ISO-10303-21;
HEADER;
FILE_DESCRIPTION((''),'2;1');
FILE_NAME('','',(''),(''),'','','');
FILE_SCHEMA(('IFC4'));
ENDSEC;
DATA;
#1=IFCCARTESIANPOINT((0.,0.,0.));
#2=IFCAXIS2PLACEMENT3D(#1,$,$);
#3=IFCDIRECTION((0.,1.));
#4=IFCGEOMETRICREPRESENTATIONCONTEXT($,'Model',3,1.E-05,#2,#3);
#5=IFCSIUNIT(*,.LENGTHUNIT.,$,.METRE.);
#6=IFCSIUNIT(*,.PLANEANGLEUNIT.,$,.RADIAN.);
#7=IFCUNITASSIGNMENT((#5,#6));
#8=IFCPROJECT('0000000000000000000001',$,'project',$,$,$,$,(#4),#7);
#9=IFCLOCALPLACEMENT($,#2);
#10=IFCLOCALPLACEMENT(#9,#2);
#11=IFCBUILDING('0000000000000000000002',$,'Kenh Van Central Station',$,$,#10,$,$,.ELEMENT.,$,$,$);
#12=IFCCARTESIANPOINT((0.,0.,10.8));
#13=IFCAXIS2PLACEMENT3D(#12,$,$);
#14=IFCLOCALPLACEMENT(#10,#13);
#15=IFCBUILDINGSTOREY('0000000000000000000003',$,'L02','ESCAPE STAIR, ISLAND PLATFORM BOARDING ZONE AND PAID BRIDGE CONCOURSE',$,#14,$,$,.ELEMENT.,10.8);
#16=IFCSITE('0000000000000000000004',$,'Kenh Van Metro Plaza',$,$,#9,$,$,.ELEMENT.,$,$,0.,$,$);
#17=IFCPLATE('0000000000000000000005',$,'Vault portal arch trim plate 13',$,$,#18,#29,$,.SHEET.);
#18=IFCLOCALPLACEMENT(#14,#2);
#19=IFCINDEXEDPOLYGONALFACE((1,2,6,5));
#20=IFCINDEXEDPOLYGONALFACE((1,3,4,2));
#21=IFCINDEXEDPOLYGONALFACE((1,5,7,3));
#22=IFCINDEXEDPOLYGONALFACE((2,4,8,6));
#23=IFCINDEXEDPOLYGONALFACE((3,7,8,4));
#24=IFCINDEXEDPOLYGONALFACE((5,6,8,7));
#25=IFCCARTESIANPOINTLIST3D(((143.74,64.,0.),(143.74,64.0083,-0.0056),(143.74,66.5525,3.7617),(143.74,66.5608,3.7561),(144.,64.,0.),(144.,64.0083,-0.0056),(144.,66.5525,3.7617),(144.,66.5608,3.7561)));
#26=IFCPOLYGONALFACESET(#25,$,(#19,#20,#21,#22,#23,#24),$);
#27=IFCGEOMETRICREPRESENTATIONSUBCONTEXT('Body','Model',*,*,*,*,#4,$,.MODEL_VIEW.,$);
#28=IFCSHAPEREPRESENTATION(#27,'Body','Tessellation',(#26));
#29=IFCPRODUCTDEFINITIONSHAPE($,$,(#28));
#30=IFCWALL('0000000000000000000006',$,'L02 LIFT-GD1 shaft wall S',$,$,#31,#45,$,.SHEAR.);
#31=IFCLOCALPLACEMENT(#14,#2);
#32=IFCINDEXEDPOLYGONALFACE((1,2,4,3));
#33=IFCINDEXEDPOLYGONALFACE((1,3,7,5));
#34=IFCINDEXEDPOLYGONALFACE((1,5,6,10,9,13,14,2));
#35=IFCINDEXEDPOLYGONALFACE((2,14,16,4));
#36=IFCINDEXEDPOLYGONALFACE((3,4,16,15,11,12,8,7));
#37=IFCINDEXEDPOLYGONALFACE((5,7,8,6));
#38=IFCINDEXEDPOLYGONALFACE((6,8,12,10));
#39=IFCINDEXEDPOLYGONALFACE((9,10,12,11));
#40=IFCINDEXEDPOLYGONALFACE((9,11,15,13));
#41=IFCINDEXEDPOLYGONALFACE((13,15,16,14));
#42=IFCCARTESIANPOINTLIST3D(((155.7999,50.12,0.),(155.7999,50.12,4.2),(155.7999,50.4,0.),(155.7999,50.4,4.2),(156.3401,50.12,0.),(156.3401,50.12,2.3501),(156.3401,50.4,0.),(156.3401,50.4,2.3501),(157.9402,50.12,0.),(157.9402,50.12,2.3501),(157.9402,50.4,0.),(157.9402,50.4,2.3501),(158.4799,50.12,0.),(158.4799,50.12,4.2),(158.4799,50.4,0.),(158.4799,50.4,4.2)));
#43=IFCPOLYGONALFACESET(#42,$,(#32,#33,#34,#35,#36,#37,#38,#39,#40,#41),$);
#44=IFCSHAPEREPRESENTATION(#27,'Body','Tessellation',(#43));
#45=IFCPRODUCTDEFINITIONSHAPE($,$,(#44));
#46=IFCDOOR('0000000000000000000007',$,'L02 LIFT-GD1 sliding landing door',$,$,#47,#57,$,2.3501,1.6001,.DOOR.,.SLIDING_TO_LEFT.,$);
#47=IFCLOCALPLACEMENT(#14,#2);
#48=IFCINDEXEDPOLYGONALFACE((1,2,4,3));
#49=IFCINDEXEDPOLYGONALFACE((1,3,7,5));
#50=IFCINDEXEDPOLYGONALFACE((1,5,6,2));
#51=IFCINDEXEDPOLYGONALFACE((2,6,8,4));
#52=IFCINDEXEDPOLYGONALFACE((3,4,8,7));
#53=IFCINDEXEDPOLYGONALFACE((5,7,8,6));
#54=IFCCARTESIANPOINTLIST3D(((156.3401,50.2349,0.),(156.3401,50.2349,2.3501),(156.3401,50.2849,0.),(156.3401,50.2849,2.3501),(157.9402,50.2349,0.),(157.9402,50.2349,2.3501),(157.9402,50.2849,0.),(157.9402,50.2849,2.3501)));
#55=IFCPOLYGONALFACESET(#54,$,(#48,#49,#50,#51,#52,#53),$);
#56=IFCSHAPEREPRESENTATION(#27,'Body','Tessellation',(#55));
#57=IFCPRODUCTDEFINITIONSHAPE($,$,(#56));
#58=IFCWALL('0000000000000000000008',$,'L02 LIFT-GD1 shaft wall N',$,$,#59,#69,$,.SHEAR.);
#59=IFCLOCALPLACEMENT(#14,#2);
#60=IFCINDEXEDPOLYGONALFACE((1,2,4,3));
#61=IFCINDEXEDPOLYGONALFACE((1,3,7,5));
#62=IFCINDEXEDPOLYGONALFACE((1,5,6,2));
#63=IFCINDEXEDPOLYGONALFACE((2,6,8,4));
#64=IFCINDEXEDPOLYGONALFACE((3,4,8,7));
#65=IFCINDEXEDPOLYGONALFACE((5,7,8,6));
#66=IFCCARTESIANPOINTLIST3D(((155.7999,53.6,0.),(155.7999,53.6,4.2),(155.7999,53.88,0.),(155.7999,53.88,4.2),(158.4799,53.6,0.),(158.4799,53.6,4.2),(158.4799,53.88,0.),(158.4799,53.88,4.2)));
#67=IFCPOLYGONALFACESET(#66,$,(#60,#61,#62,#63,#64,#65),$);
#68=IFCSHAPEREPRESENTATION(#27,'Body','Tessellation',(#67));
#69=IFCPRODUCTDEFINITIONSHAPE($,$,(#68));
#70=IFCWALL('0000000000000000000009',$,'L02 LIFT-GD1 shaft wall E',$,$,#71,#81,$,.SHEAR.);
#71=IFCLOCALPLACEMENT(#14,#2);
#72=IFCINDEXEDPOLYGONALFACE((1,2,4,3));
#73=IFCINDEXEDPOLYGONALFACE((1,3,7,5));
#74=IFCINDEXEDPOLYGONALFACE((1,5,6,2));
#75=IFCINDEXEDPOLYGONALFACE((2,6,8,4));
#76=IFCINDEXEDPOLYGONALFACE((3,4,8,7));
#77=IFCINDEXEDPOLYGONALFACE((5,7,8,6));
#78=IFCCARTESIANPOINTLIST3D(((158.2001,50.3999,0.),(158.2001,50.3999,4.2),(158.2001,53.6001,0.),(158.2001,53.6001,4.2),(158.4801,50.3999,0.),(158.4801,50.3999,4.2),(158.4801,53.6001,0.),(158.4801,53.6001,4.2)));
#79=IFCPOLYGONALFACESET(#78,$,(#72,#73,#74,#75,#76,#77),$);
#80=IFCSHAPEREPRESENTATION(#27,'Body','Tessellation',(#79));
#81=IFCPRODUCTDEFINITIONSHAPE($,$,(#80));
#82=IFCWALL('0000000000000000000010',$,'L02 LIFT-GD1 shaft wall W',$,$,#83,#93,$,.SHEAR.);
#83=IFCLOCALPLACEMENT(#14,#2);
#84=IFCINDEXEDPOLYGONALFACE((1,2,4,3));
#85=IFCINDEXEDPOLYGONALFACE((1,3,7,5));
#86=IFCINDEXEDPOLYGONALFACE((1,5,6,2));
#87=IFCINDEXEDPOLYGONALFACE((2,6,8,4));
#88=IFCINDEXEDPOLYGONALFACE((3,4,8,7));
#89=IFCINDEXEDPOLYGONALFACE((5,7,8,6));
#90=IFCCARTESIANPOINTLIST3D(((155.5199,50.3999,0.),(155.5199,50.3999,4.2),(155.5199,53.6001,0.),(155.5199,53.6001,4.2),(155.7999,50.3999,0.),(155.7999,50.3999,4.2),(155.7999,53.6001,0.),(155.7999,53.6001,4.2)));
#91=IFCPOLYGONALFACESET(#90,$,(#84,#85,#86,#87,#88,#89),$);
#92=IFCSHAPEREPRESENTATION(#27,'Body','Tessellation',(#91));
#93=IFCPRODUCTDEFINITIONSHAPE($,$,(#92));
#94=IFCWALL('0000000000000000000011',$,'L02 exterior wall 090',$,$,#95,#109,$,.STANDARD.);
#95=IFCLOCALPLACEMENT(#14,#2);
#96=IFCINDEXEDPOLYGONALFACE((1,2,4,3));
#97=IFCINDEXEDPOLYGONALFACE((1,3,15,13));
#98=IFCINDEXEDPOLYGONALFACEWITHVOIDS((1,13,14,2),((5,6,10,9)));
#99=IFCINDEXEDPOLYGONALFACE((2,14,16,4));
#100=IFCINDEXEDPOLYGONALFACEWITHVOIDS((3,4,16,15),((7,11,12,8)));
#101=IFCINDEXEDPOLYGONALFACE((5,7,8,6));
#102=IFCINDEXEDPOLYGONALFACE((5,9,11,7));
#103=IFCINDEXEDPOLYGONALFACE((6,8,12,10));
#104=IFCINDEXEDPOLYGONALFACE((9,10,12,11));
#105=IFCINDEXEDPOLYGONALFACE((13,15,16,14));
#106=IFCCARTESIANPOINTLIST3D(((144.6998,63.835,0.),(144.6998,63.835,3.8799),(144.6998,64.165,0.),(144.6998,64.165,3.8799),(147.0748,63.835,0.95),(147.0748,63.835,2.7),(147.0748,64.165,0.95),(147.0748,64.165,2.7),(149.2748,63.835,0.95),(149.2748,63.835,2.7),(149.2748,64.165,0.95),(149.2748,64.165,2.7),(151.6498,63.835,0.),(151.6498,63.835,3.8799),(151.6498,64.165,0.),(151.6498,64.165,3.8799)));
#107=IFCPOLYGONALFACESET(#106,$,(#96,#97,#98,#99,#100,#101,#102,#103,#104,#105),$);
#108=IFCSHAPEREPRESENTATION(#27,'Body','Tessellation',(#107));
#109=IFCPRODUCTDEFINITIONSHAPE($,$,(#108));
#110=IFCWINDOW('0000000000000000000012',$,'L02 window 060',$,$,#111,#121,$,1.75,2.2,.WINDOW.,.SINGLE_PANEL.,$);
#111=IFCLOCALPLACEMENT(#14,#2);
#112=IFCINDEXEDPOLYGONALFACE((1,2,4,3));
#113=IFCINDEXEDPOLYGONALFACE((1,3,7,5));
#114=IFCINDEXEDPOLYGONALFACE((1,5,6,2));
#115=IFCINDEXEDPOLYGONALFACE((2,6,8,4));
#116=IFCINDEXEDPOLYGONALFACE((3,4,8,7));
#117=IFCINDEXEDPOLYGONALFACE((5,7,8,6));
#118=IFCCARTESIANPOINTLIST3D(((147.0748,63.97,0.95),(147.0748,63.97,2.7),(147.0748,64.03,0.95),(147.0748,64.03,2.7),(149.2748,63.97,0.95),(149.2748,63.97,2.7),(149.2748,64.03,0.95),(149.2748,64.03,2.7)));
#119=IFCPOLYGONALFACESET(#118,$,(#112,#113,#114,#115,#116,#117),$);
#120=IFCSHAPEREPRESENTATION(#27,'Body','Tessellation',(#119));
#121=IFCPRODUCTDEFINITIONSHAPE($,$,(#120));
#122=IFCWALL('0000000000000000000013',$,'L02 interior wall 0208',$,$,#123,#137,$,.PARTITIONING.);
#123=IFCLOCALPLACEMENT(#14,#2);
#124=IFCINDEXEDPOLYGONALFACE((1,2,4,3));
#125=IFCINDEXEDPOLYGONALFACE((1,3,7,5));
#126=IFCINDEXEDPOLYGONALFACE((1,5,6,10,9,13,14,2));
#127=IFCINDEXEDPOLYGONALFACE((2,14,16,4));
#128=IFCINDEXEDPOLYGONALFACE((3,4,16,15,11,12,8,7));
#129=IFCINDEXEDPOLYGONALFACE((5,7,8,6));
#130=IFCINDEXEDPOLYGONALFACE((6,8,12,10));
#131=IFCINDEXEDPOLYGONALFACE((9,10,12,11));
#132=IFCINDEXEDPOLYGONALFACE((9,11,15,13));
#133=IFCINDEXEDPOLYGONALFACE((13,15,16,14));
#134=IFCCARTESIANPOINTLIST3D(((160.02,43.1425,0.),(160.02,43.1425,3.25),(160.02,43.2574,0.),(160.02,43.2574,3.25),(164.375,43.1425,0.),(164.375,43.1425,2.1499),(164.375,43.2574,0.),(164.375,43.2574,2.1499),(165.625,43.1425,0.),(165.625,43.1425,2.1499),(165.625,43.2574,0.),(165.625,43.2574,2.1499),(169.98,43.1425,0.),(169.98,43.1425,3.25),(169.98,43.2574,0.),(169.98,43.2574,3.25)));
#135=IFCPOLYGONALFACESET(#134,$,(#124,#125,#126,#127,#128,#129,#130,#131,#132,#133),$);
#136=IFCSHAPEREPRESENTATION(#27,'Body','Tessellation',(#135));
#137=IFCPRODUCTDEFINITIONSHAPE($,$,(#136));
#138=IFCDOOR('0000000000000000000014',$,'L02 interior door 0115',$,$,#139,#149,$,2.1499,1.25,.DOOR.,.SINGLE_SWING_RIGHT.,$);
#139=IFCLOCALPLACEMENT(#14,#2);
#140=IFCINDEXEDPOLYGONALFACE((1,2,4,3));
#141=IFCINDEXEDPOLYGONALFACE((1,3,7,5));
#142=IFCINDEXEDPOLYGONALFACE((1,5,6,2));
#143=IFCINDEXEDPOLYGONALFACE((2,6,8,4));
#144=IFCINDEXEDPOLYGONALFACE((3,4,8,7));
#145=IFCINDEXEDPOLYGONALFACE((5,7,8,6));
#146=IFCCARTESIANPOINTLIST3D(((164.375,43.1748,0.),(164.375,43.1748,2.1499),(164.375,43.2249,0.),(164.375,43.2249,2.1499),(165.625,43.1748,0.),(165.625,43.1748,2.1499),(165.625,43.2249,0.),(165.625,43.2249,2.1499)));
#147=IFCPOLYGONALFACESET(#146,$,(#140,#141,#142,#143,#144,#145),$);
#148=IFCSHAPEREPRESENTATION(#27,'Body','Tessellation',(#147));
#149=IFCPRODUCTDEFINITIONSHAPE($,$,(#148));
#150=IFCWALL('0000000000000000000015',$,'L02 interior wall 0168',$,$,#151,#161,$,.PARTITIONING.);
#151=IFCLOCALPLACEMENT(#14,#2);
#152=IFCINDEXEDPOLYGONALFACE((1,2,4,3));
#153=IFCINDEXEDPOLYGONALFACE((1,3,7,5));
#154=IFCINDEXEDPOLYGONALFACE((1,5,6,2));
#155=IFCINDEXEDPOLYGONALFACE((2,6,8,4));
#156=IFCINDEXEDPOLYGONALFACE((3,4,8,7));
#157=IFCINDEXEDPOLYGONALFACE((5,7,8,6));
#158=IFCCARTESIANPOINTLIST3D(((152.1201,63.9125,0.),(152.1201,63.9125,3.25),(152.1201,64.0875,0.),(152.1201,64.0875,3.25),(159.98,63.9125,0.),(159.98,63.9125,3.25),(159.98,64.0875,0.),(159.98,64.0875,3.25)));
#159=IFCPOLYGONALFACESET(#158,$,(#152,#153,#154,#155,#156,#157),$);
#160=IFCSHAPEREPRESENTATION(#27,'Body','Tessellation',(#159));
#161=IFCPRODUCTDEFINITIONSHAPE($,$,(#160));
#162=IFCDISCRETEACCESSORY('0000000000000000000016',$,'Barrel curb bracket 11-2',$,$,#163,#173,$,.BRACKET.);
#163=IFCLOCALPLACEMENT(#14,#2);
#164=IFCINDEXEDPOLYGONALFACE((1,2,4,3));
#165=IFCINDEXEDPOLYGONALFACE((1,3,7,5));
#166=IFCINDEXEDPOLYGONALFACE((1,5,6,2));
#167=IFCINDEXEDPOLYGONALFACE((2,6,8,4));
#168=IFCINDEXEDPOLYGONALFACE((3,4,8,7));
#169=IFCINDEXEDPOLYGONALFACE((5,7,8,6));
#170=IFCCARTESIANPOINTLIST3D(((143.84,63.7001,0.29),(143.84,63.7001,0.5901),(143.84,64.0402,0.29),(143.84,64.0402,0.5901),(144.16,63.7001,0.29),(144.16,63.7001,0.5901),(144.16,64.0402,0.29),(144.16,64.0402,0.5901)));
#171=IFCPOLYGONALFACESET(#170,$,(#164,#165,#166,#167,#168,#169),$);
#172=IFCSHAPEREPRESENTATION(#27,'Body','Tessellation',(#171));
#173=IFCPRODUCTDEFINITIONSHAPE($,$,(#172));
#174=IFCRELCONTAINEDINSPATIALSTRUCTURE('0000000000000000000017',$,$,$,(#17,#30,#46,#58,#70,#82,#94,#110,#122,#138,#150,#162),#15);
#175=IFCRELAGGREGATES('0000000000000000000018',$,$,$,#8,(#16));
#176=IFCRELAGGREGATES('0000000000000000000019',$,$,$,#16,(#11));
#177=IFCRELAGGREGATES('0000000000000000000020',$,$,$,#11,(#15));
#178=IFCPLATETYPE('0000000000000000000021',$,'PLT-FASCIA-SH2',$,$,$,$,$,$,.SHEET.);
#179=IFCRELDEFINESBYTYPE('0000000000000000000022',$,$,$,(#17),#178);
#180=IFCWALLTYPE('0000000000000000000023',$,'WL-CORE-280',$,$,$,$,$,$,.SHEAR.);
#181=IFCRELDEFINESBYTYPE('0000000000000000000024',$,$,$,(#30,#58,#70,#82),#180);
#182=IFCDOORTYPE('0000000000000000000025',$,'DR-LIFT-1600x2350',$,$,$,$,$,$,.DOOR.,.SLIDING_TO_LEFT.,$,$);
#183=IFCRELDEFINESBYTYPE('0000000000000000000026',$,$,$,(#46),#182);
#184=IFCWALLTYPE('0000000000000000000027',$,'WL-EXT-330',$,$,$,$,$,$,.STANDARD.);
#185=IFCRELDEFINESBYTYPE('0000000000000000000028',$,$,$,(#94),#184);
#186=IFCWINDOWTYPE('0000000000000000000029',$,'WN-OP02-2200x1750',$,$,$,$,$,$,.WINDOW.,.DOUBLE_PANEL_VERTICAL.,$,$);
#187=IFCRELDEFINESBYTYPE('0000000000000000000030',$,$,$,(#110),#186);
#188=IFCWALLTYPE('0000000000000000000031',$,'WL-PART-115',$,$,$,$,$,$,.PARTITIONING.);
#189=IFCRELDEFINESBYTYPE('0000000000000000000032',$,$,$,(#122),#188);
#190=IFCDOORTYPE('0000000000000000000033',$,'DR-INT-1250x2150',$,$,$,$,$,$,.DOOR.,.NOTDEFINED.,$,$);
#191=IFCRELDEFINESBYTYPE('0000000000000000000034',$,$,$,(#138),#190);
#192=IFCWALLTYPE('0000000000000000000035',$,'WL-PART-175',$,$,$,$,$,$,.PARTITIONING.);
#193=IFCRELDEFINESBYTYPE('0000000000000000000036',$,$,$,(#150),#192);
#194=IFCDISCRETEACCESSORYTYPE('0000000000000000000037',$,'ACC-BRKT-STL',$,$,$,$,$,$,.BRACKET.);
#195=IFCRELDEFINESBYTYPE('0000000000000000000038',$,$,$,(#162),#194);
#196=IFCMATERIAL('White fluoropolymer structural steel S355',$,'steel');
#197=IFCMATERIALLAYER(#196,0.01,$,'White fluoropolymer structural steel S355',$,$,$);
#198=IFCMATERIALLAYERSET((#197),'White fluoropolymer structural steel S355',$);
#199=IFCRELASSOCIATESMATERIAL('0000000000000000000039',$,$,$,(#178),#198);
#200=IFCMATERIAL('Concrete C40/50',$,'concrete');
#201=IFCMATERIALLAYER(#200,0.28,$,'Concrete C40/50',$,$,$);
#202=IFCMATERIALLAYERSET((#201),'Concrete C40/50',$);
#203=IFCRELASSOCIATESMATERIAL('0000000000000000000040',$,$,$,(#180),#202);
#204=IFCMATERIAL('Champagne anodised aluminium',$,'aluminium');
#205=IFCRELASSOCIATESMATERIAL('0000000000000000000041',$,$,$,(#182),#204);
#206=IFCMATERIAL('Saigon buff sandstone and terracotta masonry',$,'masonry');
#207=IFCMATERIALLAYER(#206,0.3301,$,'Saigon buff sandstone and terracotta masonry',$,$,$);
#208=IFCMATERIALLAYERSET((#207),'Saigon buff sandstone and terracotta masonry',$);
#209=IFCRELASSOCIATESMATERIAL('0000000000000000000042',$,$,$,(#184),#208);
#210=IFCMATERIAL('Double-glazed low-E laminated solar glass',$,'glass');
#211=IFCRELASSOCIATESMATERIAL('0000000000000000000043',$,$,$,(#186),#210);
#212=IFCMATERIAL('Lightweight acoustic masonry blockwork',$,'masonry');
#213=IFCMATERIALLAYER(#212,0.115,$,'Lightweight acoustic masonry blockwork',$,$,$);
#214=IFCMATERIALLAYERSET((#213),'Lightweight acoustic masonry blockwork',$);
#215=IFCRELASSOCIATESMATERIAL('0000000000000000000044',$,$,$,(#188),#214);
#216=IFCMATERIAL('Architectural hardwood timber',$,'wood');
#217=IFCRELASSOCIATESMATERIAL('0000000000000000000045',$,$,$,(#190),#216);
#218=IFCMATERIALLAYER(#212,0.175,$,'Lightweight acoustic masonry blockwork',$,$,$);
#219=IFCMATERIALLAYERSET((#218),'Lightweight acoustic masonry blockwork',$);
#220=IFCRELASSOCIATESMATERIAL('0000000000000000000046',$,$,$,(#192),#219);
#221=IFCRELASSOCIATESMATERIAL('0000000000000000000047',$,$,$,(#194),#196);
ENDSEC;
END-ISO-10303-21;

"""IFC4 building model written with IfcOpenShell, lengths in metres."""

from ifc_helpers import new_model, si_unit, direction, frame, frame_2d, origin, origin_2d, place, context, subcontext, project, spatial, polyline, rectangle, outline, extrude, material, layer, layer_set, type_object, element, fill, save


model = new_model("IFC4")

# Units and contexts
model_context = context("Model", 3, precision=1e-05, world=origin(), true_north=direction((0.0, 1.0)))
body_context = subcontext(model_context, "Body", "Model", "MODEL_VIEW")
ifc_project = project(units=[si_unit("LENGTHUNIT", "METRE"), si_unit("PLANEANGLEUNIT", "RADIAN")], contexts=[model_context])

# Site, building, storey
site_placement = place(None, origin())
site = spatial("IfcSite", under=ifc_project, at=site_placement, Name="Kenh Van Metro Plaza", CompositionType="ELEMENT", RefElevation=0.0)
building_placement = place(site_placement, origin())
building = spatial("IfcBuilding", under=site, at=building_placement, Name="Kenh Van Central Station", CompositionType="ELEMENT")
storey_placement = place(building_placement, frame((0.0, 0.0, 10.8)))
storey = spatial("IfcBuildingStorey", under=building, at=storey_placement, Name="L02", Description="ESCAPE STAIR, ISLAND PLATFORM BOARDING ZONE AND PAID BRIDGE CONCOURSE", CompositionType="ELEMENT", Elevation=10.8)

# Shared definitions
ifc_material_1 = material(Name="Concrete C40/50", Category="concrete")

# Plate
ifc_material_2 = material(Name="White fluoropolymer structural steel S355", Category="steel")
ifc_layer_1 = layer(ifc_material_2, 0.01, Name="White fluoropolymer structural steel S355")
ifc_layer_set_1 = layer_set([ifc_layer_1], Name="White fluoropolymer structural steel S355")
plate_type = type_object("IfcPlateType", Name="PLT-FASCIA-SH2", PredefinedType="SHEET", material=ifc_layer_set_1)
plate_placement = place(storey_placement, frame((144.0, 64.0, 0.0), z_axis=(0.0, -0.827486, 0.561486), x_axis=(-1.0, 0.0, 0.0)))
element("IfcPlate", 1, at=plate_placement, inside=storey, type_object=plate_type, Name="Vault portal arch trim plate 13", PredefinedType="SHEET", context=body_context, shape_type="SweptSolid", body=[
    extrude(outline(polyline([(0.0, 0.0), (0.26, 0.0), (0.26, -4.546), (0.0, -4.546), (0.0, 0.0)])), origin(), (0.0, 0.0, -1.0), 0.01),
])

# Wall, opening, door
ifc_layer_2 = layer(ifc_material_1, 0.28, Name="Concrete C40/50")
ifc_layer_set_2 = layer_set([ifc_layer_2], Name="Concrete C40/50")
wall_type_1 = type_object("IfcWallType", Name="WL-CORE-280", PredefinedType="SHEAR", material=ifc_layer_set_2)
wall_1_placement = place(storey_placement, frame((155.8, 50.26, 0.0), z_axis=(0.0, 0.0, 1.0), x_axis=(1.0, 0.0, 0.0)))
wall_1 = element("IfcWall", 2, at=wall_1_placement, inside=storey, type_object=wall_type_1, Name="L02 LIFT-GD1 shaft wall S", PredefinedType="SHEAR", context=body_context, shape_type="SweptSolid", body=[
    extrude(rectangle(XDim=2.6799, YDim=0.28, at=frame_2d((1.3398, 0.0))), origin(), (0.0, 0.0, 1.0), 4.2),
])
opening_1_placement = place(wall_1_placement, frame((0.54, 0.0, 0.0)))
opening_1 = element("IfcOpeningElement", 3, at=opening_1_placement, cuts=wall_1, PredefinedType="OPENING", context=body_context, shape_type="SweptSolid", body=[
    extrude(rectangle(XDim=1.6001, YDim=2.3501, at=frame_2d((0.8, 1.175))), frame((0.0, 0.1499, 0.0), z_axis=(0.0, -1.0, 0.0), x_axis=(1.0, 0.0, 0.0)), (0.0, 0.0, 1.0), 0.3),
])
ifc_material_3 = material(Name="Champagne anodised aluminium", Category="aluminium")
door_type_1 = type_object("IfcDoorType", Name="DR-LIFT-1600x2350", OperationType="SLIDING_TO_LEFT", PredefinedType="DOOR", material=ifc_material_3)
door_1_placement = place(opening_1_placement, origin())
door_1 = element("IfcDoor", 4, at=door_1_placement, inside=storey, type_object=door_type_1, Name="L02 LIFT-GD1 sliding landing door", OperationType="SLIDING_TO_LEFT", OverallHeight=2.3501, OverallWidth=1.6001, PredefinedType="DOOR", context=body_context, shape_type="SweptSolid", body=[
    extrude(rectangle(XDim=1.6001, YDim=2.3501, at=frame_2d((0.8, 1.175))), frame((0.0, 0.0249, 0.0), z_axis=(0.0, -1.0, 0.0), x_axis=(1.0, 0.0, 0.0)), (0.0, 0.0, 1.0), 0.05),
])
fill(opening_1, door_1)

# Walls
wall_2_placement = place(storey_placement, frame((155.8, 53.74, 0.0), z_axis=(0.0, 0.0, 1.0), x_axis=(1.0, 0.0, 0.0)))
element("IfcWall", 5, at=wall_2_placement, inside=storey, type_object=wall_type_1, Name="L02 LIFT-GD1 shaft wall N", PredefinedType="SHEAR", context=body_context, shape_type="SweptSolid", body=[
    extrude(rectangle(XDim=2.6799, YDim=0.28, at=frame_2d((1.3398, 0.0))), origin(), (0.0, 0.0, 1.0), 4.2),
])
for number, where, z_axis, x_axis, name in (
    (6, (158.3401, 50.3999, 0.0), (0.0, 0.0, 1.0), (0.0, 1.0, 0.0), "L02 LIFT-GD1 shaft wall E"),
    (7, (155.6599, 50.3999, 0.0), (0.0, 0.0, 1.0), (0.0, 1.0, 0.0), "L02 LIFT-GD1 shaft wall W"),
):
    element("IfcWall", number, at=place(storey_placement, frame(where, z_axis=z_axis, x_axis=x_axis)), inside=storey, type_object=wall_type_1, Name=name, PredefinedType="SHEAR", context=body_context, shape_type="SweptSolid", body=[
        extrude(rectangle(XDim=3.2002, YDim=0.28, at=frame_2d((1.6001, 0.0))), origin(), (0.0, 0.0, 1.0), 4.2),
    ])

# Wall, opening, window
ifc_material_4 = material(Name="Saigon buff sandstone and terracotta masonry", Category="masonry")
ifc_layer_3 = layer(ifc_material_4, 0.3301, Name="Saigon buff sandstone and terracotta masonry")
ifc_layer_set_3 = layer_set([ifc_layer_3], Name="Saigon buff sandstone and terracotta masonry")
wall_type_2 = type_object("IfcWallType", Name="WL-EXT-330", PredefinedType="STANDARD", material=ifc_layer_set_3)
wall_3_placement = place(storey_placement, frame((151.6499, 64.0, 0.0), z_axis=(0.0, 0.0, 1.0), x_axis=(-1.0, 0.0, 0.0)))
wall_3 = element("IfcWall", 8, at=wall_3_placement, inside=storey, type_object=wall_type_2, Name="L02 exterior wall 090", PredefinedType="STANDARD", context=body_context, shape_type="SweptSolid", body=[
    extrude(rectangle(XDim=6.95, YDim=0.3301, at=frame_2d((3.4751, 0.0))), origin(), (0.0, 0.0, 1.0), 3.8799),
])
opening_2_placement = place(wall_3_placement, frame((2.375, 0.0, 0.95)))
opening_2 = element("IfcOpeningElement", 9, at=opening_2_placement, cuts=wall_3, PredefinedType="OPENING", context=body_context, shape_type="SweptSolid", body=[
    extrude(rectangle(XDim=2.2, YDim=1.75, at=frame_2d((1.1001, 0.875))), frame((0.0, 0.175, 0.0), z_axis=(0.0, -1.0, 0.0), x_axis=(1.0, 0.0, 0.0)), (0.0, 0.0, 1.0), 0.3501),
])
ifc_material_5 = material(Name="Double-glazed low-E laminated solar glass", Category="glass")
window_type = type_object("IfcWindowType", Name="WN-OP02-2200x1750", PartitioningType="DOUBLE_PANEL_VERTICAL", PredefinedType="WINDOW", material=ifc_material_5)
window_placement = place(opening_2_placement, origin())
window = element("IfcWindow", 10, at=window_placement, inside=storey, type_object=window_type, Name="L02 window 060", OverallHeight=1.75, OverallWidth=2.2, PartitioningType="SINGLE_PANEL", PredefinedType="WINDOW", context=body_context, shape_type="SweptSolid", body=[
    extrude(rectangle(XDim=2.2, YDim=1.75, at=frame_2d((1.1001, 0.875))), frame((0.0, 0.03, 0.0), z_axis=(0.0, -1.0, 0.0), x_axis=(1.0, 0.0, 0.0)), (0.0, 0.0, 1.0), 0.0601),
])
fill(opening_2, window)

# Wall, opening, door
ifc_material_6 = material(Name="Lightweight acoustic masonry blockwork", Category="masonry")
ifc_layer_4 = layer(ifc_material_6, 0.115, Name="Lightweight acoustic masonry blockwork")
ifc_layer_set_4 = layer_set([ifc_layer_4], Name="Lightweight acoustic masonry blockwork")
wall_type_3 = type_object("IfcWallType", Name="WL-PART-115", PredefinedType="PARTITIONING", material=ifc_layer_set_4)
wall_4_placement = place(storey_placement, frame((160.02, 43.2, 0.0), z_axis=(0.0, 0.0, 1.0), x_axis=(1.0, 0.0, 0.0)))
wall_4 = element("IfcWall", 11, at=wall_4_placement, inside=storey, type_object=wall_type_3, Name="L02 interior wall 0208", PredefinedType="PARTITIONING", context=body_context, shape_type="SweptSolid", body=[
    extrude(rectangle(XDim=9.96, YDim=0.115, at=frame_2d((4.98, 0.0))), origin(), (0.0, 0.0, 1.0), 3.25),
])
opening_3_placement = place(wall_4_placement, frame((4.355, 0.0, 0.0)))
opening_3 = element("IfcOpeningElement", 12, at=opening_3_placement, cuts=wall_4, PredefinedType="OPENING", context=body_context, shape_type="SweptSolid", body=[
    extrude(rectangle(XDim=1.25, YDim=2.1499, at=frame_2d((0.625, 1.075))), frame((0.0, 0.0674, 0.0), z_axis=(0.0, -1.0, 0.0), x_axis=(1.0, 0.0, 0.0)), (0.0, 0.0, 1.0), 0.135),
])
ifc_material_7 = material(Name="Architectural hardwood timber", Category="wood")
door_type_2 = type_object("IfcDoorType", Name="DR-INT-1250x2150", OperationType="NOTDEFINED", PredefinedType="DOOR", material=ifc_material_7)
door_2_placement = place(opening_3_placement, origin())
door_2 = element("IfcDoor", 13, at=door_2_placement, inside=storey, type_object=door_type_2, Name="L02 interior door 0115", OperationType="SINGLE_SWING_RIGHT", OverallHeight=2.1499, OverallWidth=1.25, PredefinedType="DOOR", context=body_context, shape_type="SweptSolid", body=[
    extrude(rectangle(XDim=1.25, YDim=2.1499, at=frame_2d((0.625, 1.075))), frame((0.0, 0.0249, 0.0), z_axis=(0.0, -1.0, 0.0), x_axis=(1.0, 0.0, 0.0)), (0.0, 0.0, 1.0), 0.05),
])
fill(opening_3, door_2)

# Wall
ifc_layer_5 = layer(ifc_material_6, 0.175, Name="Lightweight acoustic masonry blockwork")
ifc_layer_set_5 = layer_set([ifc_layer_5], Name="Lightweight acoustic masonry blockwork")
wall_type_4 = type_object("IfcWallType", Name="WL-PART-175", PredefinedType="PARTITIONING", material=ifc_layer_set_5)
wall_5_placement = place(storey_placement, frame((152.1201, 64.0, 0.0), z_axis=(0.0, 0.0, 1.0), x_axis=(1.0, 0.0, 0.0)))
element("IfcWall", 14, at=wall_5_placement, inside=storey, type_object=wall_type_4, Name="L02 interior wall 0168", PredefinedType="PARTITIONING", context=body_context, shape_type="SweptSolid", body=[
    extrude(rectangle(XDim=7.8599, YDim=0.175, at=frame_2d((3.9299, 0.0))), origin(), (0.0, 0.0, 1.0), 3.25),
])

# Discrete accessory
discrete_accessory_type = type_object("IfcDiscreteAccessoryType", Name="ACC-BRKT-STL", PredefinedType="BRACKET", material=ifc_material_2)
discrete_accessory_placement = place(storey_placement, frame((144.0, 63.8701, 0.29), z_axis=(0.0, 0.0, 1.0), x_axis=(1.0, 0.0, 0.0)))
element("IfcDiscreteAccessory", 15, at=discrete_accessory_placement, inside=storey, type_object=discrete_accessory_type, Name="Barrel curb bracket 11-2", PredefinedType="BRACKET", context=body_context, shape_type="SweptSolid", body=[
    extrude(rectangle(XDim=0.3201, YDim=0.3401, at=origin_2d()), origin(), (0.0, 0.0, 1.0), 0.3),
])

save(model, "model.ifc")
